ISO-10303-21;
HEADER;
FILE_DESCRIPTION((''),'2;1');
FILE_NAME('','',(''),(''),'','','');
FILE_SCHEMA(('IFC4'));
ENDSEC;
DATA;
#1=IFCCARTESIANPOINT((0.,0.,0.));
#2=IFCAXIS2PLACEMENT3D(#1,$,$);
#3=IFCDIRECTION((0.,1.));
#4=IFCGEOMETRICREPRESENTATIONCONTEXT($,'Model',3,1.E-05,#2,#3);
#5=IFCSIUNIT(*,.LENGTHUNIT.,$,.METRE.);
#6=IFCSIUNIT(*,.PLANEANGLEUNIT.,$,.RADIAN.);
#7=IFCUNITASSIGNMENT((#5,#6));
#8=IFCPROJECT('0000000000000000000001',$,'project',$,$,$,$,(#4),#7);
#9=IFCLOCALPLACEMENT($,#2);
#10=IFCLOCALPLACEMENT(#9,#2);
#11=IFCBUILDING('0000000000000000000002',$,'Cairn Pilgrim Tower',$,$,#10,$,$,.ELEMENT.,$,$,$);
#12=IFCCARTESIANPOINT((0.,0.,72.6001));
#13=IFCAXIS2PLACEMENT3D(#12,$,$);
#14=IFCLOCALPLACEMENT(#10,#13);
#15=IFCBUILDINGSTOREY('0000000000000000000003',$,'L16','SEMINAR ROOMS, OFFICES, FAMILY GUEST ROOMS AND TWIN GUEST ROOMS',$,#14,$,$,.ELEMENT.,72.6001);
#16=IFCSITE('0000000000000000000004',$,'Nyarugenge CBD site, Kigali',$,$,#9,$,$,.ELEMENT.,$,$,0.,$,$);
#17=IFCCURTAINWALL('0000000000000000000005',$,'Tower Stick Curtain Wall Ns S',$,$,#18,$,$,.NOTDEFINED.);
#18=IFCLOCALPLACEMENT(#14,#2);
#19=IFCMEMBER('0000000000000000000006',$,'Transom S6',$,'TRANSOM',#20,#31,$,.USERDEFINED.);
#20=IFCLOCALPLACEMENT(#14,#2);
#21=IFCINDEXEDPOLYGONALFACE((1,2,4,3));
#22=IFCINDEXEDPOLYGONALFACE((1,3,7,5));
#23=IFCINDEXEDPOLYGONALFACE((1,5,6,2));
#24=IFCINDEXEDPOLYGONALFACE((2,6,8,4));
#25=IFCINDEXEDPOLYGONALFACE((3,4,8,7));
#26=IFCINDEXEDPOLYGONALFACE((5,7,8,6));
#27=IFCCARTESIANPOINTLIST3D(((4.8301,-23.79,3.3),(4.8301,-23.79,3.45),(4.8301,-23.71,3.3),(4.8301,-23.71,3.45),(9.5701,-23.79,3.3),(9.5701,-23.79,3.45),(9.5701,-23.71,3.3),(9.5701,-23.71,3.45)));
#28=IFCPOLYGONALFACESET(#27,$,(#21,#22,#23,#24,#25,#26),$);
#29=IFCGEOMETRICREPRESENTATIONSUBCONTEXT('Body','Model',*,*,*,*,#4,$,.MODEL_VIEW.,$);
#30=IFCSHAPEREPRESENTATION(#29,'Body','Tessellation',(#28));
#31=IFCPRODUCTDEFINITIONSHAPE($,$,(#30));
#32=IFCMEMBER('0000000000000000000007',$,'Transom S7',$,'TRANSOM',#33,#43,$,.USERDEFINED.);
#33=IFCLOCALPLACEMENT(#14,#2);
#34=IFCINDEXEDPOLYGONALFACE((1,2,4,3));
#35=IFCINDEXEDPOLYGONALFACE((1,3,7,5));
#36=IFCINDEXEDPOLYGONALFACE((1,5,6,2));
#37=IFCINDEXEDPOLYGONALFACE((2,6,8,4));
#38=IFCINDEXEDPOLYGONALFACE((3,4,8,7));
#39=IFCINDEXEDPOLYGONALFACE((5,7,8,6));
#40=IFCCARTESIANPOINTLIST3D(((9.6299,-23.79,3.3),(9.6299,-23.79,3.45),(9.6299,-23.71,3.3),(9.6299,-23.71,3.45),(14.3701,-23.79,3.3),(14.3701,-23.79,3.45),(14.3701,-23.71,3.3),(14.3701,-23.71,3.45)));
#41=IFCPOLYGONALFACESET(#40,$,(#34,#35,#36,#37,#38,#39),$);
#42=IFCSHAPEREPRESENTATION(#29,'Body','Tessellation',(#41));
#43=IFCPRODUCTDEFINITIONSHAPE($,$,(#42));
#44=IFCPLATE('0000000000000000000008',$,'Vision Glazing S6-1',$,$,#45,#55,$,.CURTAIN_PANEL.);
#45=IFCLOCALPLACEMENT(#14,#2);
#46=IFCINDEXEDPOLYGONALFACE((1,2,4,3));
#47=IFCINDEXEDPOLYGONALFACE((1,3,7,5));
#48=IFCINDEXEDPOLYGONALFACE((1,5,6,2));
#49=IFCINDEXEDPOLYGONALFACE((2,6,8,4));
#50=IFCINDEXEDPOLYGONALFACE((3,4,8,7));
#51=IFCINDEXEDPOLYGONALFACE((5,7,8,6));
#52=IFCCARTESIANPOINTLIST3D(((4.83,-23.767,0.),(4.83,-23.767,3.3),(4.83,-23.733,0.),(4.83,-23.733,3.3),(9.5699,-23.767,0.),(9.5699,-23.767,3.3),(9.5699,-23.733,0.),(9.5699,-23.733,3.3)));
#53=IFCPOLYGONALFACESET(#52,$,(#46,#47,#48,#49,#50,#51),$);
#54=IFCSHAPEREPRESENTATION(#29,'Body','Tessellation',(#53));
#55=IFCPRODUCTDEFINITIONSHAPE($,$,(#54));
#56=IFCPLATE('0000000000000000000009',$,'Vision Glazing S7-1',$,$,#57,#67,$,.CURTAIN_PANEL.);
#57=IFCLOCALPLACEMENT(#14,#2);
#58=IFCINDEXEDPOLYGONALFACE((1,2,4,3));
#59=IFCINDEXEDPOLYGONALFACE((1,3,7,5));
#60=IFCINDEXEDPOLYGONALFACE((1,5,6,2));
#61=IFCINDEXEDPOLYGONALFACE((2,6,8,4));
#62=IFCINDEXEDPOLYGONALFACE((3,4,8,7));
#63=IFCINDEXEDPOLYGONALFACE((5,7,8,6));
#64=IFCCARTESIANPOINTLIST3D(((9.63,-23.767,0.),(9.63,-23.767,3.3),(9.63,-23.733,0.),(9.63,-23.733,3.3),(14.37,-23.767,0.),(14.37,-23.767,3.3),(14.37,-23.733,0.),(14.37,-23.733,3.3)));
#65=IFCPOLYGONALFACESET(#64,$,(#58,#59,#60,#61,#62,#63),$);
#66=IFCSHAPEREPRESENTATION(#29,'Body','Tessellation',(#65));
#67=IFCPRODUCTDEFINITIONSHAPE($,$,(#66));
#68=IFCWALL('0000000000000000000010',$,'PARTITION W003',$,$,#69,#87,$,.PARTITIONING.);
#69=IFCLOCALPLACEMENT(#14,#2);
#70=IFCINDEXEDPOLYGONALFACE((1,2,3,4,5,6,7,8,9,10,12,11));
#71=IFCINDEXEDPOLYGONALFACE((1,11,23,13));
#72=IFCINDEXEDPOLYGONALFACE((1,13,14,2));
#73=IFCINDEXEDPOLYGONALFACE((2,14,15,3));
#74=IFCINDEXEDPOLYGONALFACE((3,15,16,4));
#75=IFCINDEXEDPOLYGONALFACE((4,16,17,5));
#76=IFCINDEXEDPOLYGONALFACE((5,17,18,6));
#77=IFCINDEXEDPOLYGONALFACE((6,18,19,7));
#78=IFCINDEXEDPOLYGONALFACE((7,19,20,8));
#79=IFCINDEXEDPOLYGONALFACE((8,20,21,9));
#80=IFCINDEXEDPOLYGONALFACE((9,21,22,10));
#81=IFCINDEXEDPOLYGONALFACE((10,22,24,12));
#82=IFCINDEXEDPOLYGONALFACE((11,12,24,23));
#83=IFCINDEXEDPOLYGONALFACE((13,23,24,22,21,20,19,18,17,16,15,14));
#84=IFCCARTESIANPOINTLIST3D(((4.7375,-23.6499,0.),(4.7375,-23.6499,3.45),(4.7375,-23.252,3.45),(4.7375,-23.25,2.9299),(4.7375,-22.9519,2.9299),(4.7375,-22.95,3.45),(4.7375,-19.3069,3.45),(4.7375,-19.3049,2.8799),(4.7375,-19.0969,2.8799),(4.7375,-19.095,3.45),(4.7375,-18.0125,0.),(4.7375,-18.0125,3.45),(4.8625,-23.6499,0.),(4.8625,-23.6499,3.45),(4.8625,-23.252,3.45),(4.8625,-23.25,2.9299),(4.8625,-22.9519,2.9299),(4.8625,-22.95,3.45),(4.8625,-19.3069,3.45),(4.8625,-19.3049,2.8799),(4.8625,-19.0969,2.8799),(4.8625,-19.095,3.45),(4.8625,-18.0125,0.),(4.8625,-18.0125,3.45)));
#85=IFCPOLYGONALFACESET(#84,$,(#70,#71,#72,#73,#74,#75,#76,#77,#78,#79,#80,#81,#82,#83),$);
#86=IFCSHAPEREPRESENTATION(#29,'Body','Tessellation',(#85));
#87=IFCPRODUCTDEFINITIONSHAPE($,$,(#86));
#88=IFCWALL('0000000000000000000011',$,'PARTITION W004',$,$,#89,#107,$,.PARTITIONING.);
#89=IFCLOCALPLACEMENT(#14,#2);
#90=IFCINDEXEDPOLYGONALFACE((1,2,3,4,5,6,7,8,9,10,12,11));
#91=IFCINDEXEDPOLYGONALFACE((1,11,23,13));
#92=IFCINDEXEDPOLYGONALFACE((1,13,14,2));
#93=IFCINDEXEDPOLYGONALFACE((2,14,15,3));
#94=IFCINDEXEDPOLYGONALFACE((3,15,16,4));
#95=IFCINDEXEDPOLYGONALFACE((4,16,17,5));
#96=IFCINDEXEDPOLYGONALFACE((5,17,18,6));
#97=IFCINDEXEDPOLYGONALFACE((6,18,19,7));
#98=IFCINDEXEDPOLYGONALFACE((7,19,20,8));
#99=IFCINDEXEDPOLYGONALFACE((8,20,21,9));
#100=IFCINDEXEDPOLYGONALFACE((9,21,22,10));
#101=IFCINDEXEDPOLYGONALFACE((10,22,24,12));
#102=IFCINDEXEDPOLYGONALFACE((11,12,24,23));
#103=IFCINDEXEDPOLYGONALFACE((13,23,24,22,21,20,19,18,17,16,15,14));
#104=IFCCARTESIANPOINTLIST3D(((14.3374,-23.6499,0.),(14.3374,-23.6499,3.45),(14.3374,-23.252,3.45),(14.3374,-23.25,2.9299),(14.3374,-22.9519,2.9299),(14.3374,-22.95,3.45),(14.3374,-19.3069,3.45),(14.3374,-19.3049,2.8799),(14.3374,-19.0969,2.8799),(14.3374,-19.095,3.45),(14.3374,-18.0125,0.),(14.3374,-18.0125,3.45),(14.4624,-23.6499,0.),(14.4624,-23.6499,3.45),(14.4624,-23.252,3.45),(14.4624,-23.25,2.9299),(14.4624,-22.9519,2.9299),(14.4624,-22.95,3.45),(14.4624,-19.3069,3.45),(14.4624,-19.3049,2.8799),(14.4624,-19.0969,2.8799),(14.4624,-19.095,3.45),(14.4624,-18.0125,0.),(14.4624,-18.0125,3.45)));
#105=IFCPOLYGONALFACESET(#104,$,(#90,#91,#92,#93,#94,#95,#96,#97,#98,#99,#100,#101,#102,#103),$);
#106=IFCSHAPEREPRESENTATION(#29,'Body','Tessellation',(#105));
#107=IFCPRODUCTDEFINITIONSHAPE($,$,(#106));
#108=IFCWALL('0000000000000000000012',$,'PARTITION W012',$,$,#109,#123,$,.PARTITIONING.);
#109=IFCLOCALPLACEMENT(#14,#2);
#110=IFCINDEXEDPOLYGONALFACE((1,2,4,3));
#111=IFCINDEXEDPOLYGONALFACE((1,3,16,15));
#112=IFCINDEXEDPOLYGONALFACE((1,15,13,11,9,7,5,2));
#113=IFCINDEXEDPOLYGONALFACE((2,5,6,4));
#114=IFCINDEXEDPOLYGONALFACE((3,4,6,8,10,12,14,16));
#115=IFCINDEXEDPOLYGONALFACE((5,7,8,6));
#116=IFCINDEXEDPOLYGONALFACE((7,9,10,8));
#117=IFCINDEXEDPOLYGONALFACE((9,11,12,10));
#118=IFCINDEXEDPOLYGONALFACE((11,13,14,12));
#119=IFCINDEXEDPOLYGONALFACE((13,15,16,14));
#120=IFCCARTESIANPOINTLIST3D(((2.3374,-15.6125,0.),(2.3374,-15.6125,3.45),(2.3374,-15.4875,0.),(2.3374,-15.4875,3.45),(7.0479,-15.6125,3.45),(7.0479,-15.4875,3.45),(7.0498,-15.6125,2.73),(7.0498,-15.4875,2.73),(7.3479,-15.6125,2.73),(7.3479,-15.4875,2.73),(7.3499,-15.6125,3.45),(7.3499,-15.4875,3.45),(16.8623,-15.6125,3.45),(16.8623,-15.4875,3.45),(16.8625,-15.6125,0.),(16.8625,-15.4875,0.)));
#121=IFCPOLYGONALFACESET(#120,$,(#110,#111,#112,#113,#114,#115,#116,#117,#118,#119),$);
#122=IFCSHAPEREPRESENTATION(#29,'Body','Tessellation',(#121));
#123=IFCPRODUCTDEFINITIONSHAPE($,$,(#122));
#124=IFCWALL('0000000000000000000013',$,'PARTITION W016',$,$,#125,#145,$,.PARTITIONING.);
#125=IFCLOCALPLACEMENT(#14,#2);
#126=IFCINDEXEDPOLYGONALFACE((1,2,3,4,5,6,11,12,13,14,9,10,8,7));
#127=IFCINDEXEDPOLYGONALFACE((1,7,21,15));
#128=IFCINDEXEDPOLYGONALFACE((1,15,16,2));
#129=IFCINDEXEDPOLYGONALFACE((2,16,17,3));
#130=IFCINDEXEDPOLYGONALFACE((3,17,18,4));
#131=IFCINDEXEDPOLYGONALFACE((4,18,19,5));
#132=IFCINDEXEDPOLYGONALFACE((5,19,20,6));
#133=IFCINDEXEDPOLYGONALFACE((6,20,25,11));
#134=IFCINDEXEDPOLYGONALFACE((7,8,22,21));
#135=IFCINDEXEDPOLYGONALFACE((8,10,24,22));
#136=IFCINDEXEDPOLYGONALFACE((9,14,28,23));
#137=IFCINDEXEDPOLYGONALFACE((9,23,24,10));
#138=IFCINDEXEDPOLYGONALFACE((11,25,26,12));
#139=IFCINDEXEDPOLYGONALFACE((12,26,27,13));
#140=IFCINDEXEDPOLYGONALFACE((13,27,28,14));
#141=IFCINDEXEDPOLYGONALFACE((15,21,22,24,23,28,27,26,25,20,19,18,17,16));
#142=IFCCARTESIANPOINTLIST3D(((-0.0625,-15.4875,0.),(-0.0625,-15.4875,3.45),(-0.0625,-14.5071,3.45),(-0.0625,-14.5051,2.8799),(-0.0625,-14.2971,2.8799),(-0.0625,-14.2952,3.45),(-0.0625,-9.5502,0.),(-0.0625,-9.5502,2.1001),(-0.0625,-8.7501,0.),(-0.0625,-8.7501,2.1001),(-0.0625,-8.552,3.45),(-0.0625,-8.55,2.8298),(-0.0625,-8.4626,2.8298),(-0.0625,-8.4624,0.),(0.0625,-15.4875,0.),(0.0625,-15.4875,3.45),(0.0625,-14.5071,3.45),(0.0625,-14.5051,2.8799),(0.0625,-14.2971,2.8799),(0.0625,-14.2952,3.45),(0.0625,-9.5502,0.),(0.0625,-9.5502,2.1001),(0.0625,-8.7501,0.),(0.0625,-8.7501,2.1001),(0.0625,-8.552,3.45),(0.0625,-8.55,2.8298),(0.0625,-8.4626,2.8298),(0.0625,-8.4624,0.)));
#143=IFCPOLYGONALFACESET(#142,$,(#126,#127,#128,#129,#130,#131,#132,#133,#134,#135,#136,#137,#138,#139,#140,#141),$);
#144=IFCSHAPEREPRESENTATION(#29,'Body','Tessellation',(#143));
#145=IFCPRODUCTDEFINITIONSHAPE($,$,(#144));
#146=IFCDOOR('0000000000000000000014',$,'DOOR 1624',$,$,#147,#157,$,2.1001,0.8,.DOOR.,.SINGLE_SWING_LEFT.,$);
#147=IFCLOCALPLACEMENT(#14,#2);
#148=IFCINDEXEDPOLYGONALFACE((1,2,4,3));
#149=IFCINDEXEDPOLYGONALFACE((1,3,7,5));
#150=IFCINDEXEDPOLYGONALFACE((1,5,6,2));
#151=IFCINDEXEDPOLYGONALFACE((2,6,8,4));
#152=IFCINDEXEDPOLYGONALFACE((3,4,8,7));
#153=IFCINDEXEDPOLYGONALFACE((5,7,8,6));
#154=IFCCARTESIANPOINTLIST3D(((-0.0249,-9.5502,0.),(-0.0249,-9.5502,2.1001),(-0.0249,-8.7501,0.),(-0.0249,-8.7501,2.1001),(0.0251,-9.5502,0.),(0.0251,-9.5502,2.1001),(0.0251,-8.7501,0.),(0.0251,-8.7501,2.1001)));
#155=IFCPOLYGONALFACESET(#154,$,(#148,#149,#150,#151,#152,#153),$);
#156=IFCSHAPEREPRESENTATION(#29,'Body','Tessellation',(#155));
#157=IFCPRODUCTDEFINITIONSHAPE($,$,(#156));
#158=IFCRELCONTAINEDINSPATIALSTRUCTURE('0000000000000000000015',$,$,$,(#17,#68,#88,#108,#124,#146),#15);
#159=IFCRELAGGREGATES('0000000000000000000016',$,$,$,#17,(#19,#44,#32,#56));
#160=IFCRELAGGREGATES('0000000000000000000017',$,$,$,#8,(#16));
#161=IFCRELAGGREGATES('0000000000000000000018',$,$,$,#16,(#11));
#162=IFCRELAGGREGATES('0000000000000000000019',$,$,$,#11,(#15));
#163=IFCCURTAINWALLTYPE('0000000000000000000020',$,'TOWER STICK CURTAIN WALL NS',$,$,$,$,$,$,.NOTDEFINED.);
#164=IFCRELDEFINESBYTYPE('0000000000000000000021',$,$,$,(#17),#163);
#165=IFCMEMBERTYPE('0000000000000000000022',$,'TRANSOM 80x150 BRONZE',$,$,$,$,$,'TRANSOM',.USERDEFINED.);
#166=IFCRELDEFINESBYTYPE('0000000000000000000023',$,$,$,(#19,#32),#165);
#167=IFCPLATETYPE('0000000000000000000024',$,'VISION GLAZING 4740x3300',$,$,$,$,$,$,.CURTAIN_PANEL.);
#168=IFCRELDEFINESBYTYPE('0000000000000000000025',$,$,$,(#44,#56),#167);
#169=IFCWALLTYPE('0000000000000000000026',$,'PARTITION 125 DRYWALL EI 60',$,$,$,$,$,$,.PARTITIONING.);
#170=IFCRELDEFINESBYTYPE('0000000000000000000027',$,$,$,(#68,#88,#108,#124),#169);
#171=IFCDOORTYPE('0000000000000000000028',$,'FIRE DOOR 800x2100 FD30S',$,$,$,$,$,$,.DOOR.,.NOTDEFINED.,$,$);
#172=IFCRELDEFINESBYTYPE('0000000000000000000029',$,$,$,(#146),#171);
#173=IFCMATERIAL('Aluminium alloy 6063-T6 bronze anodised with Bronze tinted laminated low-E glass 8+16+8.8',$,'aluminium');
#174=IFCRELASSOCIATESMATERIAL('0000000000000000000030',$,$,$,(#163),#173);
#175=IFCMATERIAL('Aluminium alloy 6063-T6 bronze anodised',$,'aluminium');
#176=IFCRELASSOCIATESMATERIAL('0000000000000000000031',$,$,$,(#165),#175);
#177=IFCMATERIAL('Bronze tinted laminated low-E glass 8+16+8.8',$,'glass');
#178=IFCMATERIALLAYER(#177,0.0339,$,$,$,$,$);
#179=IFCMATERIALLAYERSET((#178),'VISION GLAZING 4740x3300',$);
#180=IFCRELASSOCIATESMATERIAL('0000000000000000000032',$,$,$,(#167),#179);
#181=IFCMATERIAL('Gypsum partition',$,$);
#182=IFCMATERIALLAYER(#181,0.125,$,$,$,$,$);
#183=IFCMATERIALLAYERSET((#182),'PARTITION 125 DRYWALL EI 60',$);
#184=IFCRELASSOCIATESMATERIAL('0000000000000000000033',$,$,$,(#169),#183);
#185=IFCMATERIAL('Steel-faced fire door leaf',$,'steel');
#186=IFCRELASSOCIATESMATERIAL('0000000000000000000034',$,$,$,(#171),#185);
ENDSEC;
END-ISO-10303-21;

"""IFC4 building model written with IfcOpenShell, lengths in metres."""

from ifc_helpers import new_model, si_unit, direction, frame, frame_2d, origin, origin_2d, place, context, subcontext, project, spatial, polyline, rectangle, outline, extrude, material, layer, layer_set, material_profile, profile_set, type_object, element, fill, aggregate, save


model = new_model("IFC4")

# Units and contexts
model_context = context("Model", 3, precision=1e-05, world=origin(), true_north=direction((0.0, 1.0)))
body_context = subcontext(model_context, "Body", "Model", "MODEL_VIEW")
ifc_project = project(units=[si_unit("LENGTHUNIT", "METRE"), si_unit("PLANEANGLEUNIT", "RADIAN")], contexts=[model_context])

# Site, building, storey
site_placement = place(None, origin())
site = spatial("IfcSite", under=ifc_project, at=site_placement, Name="Nyarugenge CBD site, Kigali", CompositionType="ELEMENT", RefElevation=0.0)
building_placement = place(site_placement, origin())
building = spatial("IfcBuilding", under=site, at=building_placement, Name="Cairn Pilgrim Tower", CompositionType="ELEMENT")
storey_placement = place(building_placement, frame((0.0, 0.0, 72.6001)))
storey = spatial("IfcBuildingStorey", under=building, at=storey_placement, Name="L16", Description="SEMINAR ROOMS, OFFICES, FAMILY GUEST ROOMS AND TWIN GUEST ROOMS", CompositionType="ELEMENT", Elevation=72.6001)

# Curtain wall
ifc_material_1 = material(Name="Aluminium alloy 6063-T6 bronze anodised with Bronze tinted laminated low-E glass 8+16+8.8", Category="aluminium")
curtain_wall_type = type_object("IfcCurtainWallType", Name="TOWER STICK CURTAIN WALL NS", PredefinedType="NOTDEFINED", material=ifc_material_1)
curtain_wall_placement = place(storey_placement, origin())
curtain_wall = element("IfcCurtainWall", 1, at=curtain_wall_placement, inside=storey, type_object=curtain_wall_type, Name="Tower Stick Curtain Wall Ns S", PredefinedType="NOTDEFINED")
ifc_material_2 = material(Name="Aluminium alloy 6063-T6 bronze anodised", Category="aluminium")

# Members
ifc_material_profile_1 = material_profile(ifc_material_2, rectangle(XDim=0.0801, YDim=0.1499, at=origin_2d()), Name="TRANSOM 80x150 BRONZE")
ifc_profile_set_1 = profile_set([ifc_material_profile_1], Name="Aluminium alloy 6063-T6 bronze anodised")
member_type_1 = type_object("IfcMemberType", Name="TRANSOM 80x150 BRONZE", ElementType="TRANSOM", PredefinedType="USERDEFINED", material=ifc_profile_set_1)
member_1_placement = place(storey_placement, frame((4.8301, -23.75, 3.375), z_axis=(1.0, 0.0, 0.0), x_axis=(0.0, 1.0, 0.0)))
member_1 = element("IfcMember", 2, at=member_1_placement, type_object=member_type_1, Name="Transom S6", ObjectType="TRANSOM", PredefinedType="USERDEFINED", context=body_context, shape_type="SweptSolid", body=[
    extrude(rectangle(XDim=0.0801, YDim=0.1499, at=origin_2d()), origin(), (0.0, 0.0, 1.0), 4.74),
])
member_2_placement = place(storey_placement, frame((9.6299, -23.75, 3.375), z_axis=(1.0, 0.0, 0.0), x_axis=(0.0, 1.0, 0.0)))
member_2 = element("IfcMember", 3, at=member_2_placement, type_object=member_type_1, Name="Transom S7", ObjectType="TRANSOM", PredefinedType="USERDEFINED", context=body_context, shape_type="SweptSolid", body=[
    extrude(rectangle(XDim=0.0801, YDim=0.1499, at=origin_2d()), origin(), (0.0, 0.0, 1.0), 4.7402),
])

# Plates
ifc_material_3 = material(Name="Bronze tinted laminated low-E glass 8+16+8.8", Category="glass")
ifc_layer_1 = layer(ifc_material_3, 0.0339)
ifc_layer_set_1 = layer_set([ifc_layer_1], Name="VISION GLAZING 4740x3300")
plate_type = type_object("IfcPlateType", Name="VISION GLAZING 4740x3300", PredefinedType="CURTAIN_PANEL", material=ifc_layer_set_1)
plate_1_placement = place(storey_placement, frame((7.2, -23.75, 0.0), z_axis=(0.0, 0.0, 1.0), x_axis=(1.0, 0.0, 0.0)))
plate_1 = element("IfcPlate", 4, at=plate_1_placement, type_object=plate_type, Name="Vision Glazing S6-1", PredefinedType="CURTAIN_PANEL", context=body_context, shape_type="SweptSolid", body=[
    extrude(rectangle(XDim=4.74, YDim=0.0339, at=origin_2d()), origin(), (0.0, 0.0, 1.0), 3.3),
])
plate_2_placement = place(storey_placement, frame((12.0, -23.75, 0.0), z_axis=(0.0, 0.0, 1.0), x_axis=(1.0, 0.0, 0.0)))
plate_2 = element("IfcPlate", 5, at=plate_2_placement, type_object=plate_type, Name="Vision Glazing S7-1", PredefinedType="CURTAIN_PANEL", context=body_context, shape_type="SweptSolid", body=[
    extrude(rectangle(XDim=4.74, YDim=0.0339, at=origin_2d()), origin(), (0.0, 0.0, 1.0), 3.3),
])
aggregate(curtain_wall, [member_1, plate_1, member_2, plate_2])

# Walls
ifc_material_4 = material(Name="Gypsum partition")
ifc_layer_2 = layer(ifc_material_4, 0.125)
ifc_layer_set_2 = layer_set([ifc_layer_2], Name="PARTITION 125 DRYWALL EI 60")
wall_type_1 = type_object("IfcWallType", Name="PARTITION 125 DRYWALL EI 60", PredefinedType="PARTITIONING", material=ifc_layer_set_2)
for number, where, z_axis, x_axis, name in (
    (6, (4.8, -23.6499, 0.0), (0.0, 0.0, 1.0), (0.0, 1.0, 0.0), "PARTITION W003"),
    (7, (14.3999, -23.6499, 0.0), (0.0, 0.0, 1.0), (0.0, 1.0, 0.0), "PARTITION W004"),
):
    element("IfcWall", number, at=place(storey_placement, frame(where, z_axis=z_axis, x_axis=x_axis)), inside=storey, type_object=wall_type_1, Name=name, PredefinedType="PARTITIONING", context=body_context, shape_type="SweptSolid", body=[
        extrude(outline(polyline([(0.0, 0.0), (5.6375, 0.0), (5.6375, 3.45), (4.5549, 3.45), (4.553, 2.8799), (4.345, 2.8799), (4.343, 3.45), (0.7, 3.45), (0.698, 2.9299), (0.3999, 2.9299), (0.3979, 3.45), (0.0, 3.45), (0.0, 0.0)])), frame((0.0, 0.0625, 0.0), z_axis=(0.0, -1.0, 0.0), x_axis=(1.0, 0.0, 0.0)), (0.0, 0.0, 1.0), 0.125),
    ])
wall_1_placement = place(storey_placement, frame((2.3374, -15.55, 0.0), z_axis=(0.0, 0.0, 1.0), x_axis=(1.0, 0.0, 0.0)))
element("IfcWall", 8, at=wall_1_placement, inside=storey, type_object=wall_type_1, Name="PARTITION W012", PredefinedType="PARTITIONING", context=body_context, shape_type="SweptSolid", body=[
    extrude(outline(polyline([(0.0, 0.0), (14.5251, 0.0), (14.5249, 3.45), (5.0125, 3.45), (5.0105, 2.73), (4.7124, 2.73), (4.7104, 3.45), (0.0, 3.45), (0.0, 0.0)])), frame((0.0, 0.0625, 0.0), z_axis=(0.0, -1.0, 0.0), x_axis=(1.0, 0.0, 0.0)), (0.0, 0.0, 1.0), 0.125),
])

# Wall, opening, door
wall_2_placement = place(storey_placement, frame((0.0, -15.4875, 0.0), z_axis=(0.0, 0.0, 1.0), x_axis=(0.0, 1.0, 0.0)))
wall_2 = element("IfcWall", 9, at=wall_2_placement, inside=storey, type_object=wall_type_1, Name="PARTITION W016", PredefinedType="PARTITIONING", context=body_context, shape_type="SweptSolid", body=[
    extrude(outline(polyline([(0.0, 0.0), (7.0251, 0.0), (7.0249, 2.8298), (6.9375, 2.8298), (6.9355, 3.45), (1.1924, 3.45), (1.1904, 2.8799), (0.9824, 2.8799), (0.9805, 3.45), (0.0, 3.45), (0.0, 0.0)])), frame((0.0, 0.0625, 0.0), z_axis=(0.0, -1.0, 0.0), x_axis=(1.0, 0.0, 0.0)), (0.0, 0.0, 1.0), 0.125),
])
opening_1_placement = place(wall_2_placement, frame((5.9375, 0.0, 0.0)))
opening_1 = element("IfcOpeningElement", 10, at=opening_1_placement, cuts=wall_2, PredefinedType="OPENING", context=body_context, shape_type="SweptSolid", body=[
    extrude(rectangle(XDim=0.8, YDim=2.1001, at=frame_2d((0.3999, 1.05))), frame((0.0, 0.0725, 0.0), z_axis=(0.0, -1.0, 0.0), x_axis=(1.0, 0.0, 0.0)), (0.0, 0.0, 1.0), 0.145),
])
ifc_material_5 = material(Name="Steel-faced fire door leaf", Category="steel")
door_type_1 = type_object("IfcDoorType", Name="FIRE DOOR 800x2100 FD30S", OperationType="NOTDEFINED", PredefinedType="DOOR", material=ifc_material_5)
door_1_placement = place(opening_1_placement, origin())
door_1 = element("IfcDoor", 11, at=door_1_placement, inside=storey, type_object=door_type_1, Name="DOOR 1624", OperationType="SINGLE_SWING_LEFT", OverallHeight=2.1001, OverallWidth=0.8, PredefinedType="DOOR", context=body_context, shape_type="SweptSolid", body=[
    extrude(rectangle(XDim=0.8, YDim=2.1001, at=frame_2d((0.3999, 1.05))), frame((0.0, 0.0249, 0.0), z_axis=(0.0, -1.0, 0.0), x_axis=(1.0, 0.0, 0.0)), (0.0, 0.0, 1.0), 0.05),
])
fill(opening_1, door_1)

save(model, "model.ifc")
